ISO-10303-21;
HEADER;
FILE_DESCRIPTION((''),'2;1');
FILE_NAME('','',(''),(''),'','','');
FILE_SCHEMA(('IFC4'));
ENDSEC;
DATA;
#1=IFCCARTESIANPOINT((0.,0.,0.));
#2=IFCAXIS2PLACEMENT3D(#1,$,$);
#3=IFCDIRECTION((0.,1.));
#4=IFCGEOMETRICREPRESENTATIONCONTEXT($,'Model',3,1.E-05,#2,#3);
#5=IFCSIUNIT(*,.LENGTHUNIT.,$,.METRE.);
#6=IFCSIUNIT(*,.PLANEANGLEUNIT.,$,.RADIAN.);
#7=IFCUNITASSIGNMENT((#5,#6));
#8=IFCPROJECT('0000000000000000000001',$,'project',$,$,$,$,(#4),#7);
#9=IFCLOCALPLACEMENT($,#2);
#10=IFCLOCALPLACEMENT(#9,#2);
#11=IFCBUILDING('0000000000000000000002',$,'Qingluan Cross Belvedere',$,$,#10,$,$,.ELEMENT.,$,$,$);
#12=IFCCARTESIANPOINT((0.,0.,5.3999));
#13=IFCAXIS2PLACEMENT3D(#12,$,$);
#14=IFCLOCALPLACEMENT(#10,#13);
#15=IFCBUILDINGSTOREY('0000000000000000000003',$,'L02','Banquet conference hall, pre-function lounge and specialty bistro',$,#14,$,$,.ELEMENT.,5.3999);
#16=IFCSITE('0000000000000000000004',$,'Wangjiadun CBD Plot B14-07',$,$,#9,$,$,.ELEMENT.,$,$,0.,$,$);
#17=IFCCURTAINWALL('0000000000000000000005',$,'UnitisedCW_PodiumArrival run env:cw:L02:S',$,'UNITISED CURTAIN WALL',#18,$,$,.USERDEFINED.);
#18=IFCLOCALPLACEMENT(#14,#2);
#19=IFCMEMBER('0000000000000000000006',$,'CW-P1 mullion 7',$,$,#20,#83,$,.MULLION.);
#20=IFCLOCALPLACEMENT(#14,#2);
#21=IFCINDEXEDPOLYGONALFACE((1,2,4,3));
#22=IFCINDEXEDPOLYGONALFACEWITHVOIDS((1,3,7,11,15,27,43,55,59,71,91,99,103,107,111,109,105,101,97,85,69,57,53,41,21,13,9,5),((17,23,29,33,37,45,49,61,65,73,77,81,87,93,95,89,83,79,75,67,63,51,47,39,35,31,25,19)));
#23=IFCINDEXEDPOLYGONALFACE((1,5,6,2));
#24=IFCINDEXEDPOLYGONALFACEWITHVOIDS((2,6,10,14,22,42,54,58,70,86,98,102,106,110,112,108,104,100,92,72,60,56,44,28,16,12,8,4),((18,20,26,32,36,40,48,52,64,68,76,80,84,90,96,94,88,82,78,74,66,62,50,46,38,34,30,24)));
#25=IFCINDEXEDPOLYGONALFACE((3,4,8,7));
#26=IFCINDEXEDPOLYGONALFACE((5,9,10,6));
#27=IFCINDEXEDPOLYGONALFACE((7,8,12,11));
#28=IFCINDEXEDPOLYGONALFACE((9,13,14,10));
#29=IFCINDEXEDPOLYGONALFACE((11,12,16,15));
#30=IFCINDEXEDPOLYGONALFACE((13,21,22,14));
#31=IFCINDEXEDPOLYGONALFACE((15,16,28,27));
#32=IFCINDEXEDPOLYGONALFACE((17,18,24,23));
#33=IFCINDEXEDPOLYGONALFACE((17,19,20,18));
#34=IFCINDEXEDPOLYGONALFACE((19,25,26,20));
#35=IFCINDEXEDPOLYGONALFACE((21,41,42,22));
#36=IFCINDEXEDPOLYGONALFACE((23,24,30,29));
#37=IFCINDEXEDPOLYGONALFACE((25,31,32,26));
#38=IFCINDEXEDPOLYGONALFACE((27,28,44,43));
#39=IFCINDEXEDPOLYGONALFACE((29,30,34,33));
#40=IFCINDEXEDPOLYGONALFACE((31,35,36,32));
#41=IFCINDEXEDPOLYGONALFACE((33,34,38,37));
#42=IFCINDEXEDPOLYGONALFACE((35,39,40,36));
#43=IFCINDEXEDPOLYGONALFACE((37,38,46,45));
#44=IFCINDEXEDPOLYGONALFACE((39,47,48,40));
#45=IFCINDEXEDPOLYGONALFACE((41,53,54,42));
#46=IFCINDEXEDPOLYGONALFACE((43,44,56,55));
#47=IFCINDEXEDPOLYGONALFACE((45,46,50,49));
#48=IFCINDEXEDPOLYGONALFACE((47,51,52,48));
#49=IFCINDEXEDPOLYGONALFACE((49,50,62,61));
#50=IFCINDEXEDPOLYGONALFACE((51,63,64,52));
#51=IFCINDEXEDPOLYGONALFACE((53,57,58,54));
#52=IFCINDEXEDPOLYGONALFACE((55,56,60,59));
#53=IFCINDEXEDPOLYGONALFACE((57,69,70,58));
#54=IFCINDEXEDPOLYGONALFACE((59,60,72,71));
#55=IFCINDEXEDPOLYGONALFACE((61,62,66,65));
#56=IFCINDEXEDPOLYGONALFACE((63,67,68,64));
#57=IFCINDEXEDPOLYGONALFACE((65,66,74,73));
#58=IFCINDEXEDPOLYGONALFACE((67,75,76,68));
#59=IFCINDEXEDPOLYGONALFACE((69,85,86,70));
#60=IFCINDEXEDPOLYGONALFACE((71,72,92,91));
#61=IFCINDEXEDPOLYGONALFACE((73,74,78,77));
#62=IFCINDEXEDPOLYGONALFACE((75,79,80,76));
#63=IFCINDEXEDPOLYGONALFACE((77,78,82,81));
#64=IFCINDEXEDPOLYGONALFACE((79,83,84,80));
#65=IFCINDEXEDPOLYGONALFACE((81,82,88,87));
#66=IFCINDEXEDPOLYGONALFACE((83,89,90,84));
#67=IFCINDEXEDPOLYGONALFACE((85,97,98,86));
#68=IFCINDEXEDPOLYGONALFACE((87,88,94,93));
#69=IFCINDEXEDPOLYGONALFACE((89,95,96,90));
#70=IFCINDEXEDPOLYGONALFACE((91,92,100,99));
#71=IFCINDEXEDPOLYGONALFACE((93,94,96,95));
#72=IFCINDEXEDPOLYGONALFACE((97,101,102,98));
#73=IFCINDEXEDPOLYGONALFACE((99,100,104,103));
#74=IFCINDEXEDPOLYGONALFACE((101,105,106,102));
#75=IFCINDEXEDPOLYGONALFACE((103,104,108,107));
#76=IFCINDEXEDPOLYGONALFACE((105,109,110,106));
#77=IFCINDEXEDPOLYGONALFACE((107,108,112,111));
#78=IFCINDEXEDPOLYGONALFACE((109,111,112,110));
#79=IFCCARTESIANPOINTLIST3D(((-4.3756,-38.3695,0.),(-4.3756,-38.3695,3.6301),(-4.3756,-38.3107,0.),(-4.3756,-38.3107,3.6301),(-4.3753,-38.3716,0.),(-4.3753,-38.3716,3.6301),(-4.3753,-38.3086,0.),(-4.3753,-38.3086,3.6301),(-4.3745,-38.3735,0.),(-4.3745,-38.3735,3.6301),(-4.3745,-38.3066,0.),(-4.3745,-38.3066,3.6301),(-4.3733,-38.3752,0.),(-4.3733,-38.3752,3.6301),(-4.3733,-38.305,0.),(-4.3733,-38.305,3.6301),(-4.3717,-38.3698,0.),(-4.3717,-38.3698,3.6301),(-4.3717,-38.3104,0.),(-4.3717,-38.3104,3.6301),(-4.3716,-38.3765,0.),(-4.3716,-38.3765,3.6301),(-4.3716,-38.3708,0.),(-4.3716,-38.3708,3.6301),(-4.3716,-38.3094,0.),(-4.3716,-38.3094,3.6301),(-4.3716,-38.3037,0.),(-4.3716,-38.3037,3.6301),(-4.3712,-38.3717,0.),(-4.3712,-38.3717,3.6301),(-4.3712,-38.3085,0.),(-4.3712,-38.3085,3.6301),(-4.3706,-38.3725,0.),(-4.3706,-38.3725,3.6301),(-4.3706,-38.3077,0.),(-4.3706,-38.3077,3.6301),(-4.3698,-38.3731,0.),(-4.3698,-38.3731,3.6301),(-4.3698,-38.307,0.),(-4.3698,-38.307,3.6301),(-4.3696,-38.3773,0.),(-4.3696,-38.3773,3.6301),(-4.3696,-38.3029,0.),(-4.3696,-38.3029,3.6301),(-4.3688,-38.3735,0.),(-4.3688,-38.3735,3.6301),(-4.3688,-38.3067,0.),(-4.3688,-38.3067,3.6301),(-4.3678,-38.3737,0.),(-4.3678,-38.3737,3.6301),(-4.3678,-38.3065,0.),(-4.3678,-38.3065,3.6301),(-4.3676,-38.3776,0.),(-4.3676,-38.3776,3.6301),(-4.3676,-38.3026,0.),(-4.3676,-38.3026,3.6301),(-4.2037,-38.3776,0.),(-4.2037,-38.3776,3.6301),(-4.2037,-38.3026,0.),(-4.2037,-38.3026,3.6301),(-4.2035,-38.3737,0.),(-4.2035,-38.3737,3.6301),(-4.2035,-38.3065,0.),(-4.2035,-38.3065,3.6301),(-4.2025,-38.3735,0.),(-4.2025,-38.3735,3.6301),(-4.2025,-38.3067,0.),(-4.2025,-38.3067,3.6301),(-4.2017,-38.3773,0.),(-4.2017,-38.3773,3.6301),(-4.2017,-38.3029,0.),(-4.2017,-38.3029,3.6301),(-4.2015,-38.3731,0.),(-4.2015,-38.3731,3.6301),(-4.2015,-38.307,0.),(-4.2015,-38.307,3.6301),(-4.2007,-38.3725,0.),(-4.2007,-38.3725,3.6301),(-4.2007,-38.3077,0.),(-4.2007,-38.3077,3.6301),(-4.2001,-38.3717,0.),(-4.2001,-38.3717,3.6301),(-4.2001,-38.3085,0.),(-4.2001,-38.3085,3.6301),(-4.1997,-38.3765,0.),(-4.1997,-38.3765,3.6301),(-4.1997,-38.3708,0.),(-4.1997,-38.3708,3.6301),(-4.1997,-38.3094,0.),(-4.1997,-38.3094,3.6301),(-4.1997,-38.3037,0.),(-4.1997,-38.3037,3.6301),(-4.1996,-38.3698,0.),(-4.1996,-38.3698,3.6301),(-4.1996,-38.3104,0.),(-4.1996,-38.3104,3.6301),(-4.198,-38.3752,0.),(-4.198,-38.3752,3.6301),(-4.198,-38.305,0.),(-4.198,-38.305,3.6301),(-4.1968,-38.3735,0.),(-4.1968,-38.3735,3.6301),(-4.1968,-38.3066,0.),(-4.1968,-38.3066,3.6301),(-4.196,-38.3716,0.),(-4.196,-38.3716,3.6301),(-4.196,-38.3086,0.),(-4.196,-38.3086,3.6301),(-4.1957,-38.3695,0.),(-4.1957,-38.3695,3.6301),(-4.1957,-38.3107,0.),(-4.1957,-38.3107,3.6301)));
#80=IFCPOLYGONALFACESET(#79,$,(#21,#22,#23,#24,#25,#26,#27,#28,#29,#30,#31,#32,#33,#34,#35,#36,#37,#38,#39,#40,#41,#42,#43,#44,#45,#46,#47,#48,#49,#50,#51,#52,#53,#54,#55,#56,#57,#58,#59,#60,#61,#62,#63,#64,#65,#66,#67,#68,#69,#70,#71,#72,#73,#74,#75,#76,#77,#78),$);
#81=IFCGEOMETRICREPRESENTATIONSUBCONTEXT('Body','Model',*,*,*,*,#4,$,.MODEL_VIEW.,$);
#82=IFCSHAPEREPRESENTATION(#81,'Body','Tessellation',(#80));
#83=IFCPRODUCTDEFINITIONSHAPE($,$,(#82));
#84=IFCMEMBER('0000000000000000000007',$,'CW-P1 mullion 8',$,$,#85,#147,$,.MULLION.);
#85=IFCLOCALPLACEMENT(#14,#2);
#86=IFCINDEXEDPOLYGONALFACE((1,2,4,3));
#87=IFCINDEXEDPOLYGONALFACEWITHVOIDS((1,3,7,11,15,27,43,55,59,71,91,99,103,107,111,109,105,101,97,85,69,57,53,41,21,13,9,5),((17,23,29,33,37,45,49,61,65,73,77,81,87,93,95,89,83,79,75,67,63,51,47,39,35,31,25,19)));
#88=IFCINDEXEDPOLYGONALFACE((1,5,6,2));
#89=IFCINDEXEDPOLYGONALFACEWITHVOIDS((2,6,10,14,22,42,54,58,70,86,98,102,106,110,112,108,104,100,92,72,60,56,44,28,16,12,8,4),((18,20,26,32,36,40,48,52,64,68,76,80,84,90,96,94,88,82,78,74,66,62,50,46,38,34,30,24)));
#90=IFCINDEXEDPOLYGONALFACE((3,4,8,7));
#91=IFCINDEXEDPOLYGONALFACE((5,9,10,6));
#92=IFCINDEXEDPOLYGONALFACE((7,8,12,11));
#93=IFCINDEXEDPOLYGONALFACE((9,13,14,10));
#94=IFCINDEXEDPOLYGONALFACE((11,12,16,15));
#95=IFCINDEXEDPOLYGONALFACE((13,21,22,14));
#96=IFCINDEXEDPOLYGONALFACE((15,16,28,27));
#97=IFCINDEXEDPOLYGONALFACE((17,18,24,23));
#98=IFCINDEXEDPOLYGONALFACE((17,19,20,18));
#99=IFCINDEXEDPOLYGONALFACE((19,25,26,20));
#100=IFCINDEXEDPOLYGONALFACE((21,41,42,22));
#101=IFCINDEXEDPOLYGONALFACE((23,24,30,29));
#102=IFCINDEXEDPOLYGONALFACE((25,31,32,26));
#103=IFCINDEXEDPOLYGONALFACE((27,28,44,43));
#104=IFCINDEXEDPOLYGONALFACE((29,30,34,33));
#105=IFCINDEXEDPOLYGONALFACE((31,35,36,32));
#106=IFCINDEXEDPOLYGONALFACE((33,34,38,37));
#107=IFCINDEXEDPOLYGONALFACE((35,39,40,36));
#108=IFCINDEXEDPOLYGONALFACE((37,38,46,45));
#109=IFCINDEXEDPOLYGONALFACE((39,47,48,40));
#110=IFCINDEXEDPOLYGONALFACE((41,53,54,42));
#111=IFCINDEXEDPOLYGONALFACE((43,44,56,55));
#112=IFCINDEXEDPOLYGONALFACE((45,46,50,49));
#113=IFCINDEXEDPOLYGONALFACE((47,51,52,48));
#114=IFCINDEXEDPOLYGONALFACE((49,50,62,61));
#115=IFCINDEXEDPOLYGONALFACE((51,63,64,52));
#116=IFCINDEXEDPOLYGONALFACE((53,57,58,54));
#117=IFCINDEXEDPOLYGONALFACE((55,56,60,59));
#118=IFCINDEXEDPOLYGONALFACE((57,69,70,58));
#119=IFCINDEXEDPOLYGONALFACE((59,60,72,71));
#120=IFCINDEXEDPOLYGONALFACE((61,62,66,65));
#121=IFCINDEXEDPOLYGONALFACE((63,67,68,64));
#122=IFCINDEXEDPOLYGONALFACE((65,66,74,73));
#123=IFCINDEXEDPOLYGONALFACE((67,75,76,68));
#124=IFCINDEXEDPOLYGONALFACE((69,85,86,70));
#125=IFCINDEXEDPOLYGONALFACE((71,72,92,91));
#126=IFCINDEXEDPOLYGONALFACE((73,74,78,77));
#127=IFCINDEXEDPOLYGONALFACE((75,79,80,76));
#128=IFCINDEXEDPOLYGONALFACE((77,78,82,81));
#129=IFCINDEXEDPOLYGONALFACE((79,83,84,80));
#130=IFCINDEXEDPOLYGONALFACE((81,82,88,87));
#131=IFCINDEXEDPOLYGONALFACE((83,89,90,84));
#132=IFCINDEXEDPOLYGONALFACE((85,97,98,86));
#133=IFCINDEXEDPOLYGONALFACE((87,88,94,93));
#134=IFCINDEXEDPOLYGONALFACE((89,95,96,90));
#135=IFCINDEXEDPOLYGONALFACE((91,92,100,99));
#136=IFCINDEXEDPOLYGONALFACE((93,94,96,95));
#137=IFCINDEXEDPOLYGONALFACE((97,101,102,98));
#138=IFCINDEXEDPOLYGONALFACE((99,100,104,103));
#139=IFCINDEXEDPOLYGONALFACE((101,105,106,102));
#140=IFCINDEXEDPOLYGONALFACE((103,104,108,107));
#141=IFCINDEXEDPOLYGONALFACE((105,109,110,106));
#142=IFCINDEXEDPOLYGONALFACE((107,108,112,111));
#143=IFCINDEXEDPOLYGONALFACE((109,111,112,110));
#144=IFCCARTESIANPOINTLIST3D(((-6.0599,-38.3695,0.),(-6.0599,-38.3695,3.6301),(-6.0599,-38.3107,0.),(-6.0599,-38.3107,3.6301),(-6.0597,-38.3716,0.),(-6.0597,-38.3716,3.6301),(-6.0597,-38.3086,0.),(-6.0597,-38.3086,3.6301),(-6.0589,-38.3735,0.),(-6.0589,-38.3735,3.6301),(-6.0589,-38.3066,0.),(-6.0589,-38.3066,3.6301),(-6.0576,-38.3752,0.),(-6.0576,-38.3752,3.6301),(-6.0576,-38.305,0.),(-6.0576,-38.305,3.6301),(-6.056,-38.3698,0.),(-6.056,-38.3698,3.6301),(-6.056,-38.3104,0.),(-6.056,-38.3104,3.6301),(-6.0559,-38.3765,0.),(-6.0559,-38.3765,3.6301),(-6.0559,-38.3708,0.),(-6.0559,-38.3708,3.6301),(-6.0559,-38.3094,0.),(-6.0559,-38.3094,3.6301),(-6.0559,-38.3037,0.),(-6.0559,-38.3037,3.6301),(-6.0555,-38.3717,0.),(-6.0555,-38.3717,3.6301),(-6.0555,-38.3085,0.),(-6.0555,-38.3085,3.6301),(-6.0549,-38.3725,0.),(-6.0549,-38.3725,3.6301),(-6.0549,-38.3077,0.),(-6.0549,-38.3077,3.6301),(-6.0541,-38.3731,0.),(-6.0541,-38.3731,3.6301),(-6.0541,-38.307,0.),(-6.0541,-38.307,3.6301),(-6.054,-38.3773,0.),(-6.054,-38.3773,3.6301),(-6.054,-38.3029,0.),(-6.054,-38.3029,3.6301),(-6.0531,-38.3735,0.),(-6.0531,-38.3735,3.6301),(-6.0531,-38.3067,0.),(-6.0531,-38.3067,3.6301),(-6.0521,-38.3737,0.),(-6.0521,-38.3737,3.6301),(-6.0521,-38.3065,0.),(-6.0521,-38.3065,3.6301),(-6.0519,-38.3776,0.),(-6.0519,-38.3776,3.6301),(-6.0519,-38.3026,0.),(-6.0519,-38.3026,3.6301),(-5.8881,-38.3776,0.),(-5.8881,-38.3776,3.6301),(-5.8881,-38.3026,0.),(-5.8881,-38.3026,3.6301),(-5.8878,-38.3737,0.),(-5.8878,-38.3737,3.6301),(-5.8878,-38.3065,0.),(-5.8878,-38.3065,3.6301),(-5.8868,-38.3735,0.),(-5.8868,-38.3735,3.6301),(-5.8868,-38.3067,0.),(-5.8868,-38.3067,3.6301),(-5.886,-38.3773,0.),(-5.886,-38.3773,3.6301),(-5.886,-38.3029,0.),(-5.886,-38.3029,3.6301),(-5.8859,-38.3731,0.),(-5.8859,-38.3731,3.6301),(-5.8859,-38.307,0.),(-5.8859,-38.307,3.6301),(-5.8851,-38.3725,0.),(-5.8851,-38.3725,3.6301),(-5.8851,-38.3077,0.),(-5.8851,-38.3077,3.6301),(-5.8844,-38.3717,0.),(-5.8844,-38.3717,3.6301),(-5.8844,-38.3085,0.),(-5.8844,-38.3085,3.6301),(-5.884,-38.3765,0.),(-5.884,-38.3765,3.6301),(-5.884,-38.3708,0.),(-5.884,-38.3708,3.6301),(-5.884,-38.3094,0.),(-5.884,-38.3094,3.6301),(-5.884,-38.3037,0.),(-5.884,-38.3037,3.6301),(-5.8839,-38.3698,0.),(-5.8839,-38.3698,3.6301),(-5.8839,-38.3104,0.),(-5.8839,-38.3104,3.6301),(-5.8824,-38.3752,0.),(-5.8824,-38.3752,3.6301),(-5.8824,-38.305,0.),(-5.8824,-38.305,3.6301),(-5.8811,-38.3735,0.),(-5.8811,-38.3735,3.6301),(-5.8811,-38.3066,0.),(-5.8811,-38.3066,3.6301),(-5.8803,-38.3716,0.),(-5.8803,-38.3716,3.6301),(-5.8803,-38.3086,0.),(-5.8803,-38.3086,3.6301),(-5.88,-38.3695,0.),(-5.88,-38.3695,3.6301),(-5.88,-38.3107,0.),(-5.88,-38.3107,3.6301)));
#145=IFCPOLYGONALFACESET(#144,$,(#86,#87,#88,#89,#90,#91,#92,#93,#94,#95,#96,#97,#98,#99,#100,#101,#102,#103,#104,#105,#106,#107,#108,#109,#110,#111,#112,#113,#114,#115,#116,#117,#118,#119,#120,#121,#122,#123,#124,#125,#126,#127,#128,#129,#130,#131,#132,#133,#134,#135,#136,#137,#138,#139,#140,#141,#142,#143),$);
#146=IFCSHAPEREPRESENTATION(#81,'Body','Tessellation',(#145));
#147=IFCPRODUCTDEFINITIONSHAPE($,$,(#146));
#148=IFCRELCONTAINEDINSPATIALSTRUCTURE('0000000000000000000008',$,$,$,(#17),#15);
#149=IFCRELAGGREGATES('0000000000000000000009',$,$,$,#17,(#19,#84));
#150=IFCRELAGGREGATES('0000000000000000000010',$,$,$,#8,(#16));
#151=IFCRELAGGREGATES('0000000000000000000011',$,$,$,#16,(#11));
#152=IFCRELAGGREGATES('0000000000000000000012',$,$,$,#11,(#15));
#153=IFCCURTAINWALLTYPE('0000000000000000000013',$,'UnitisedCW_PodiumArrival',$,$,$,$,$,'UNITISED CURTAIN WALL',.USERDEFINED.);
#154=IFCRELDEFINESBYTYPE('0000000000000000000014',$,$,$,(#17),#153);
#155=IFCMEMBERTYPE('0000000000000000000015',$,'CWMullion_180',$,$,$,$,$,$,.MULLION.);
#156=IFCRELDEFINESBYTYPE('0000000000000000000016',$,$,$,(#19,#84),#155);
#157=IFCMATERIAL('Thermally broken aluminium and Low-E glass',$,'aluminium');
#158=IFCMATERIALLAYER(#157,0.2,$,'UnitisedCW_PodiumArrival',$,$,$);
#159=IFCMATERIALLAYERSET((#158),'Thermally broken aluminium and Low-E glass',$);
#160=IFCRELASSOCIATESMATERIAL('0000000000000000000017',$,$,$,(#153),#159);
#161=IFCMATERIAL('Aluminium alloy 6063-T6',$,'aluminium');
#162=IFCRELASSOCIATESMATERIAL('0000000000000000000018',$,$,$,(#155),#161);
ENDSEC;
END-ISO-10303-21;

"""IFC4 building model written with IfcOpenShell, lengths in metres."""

from ifc_helpers import new_model, si_unit, direction, frame, origin, origin_2d, place, context, subcontext, project, spatial, hollow_rectangle, extrude, material, layer, layer_set, material_profile, profile_set, type_object, element, aggregate, save


model = new_model("IFC4")

# Units and contexts
model_context = context("Model", 3, precision=1e-05, world=origin(), true_north=direction((0.0, 1.0)))
body_context = subcontext(model_context, "Body", "Model", "MODEL_VIEW")
ifc_project = project(units=[si_unit("LENGTHUNIT", "METRE"), si_unit("PLANEANGLEUNIT", "RADIAN")], contexts=[model_context])

# Site, building, storey
site_placement = place(None, origin())
site = spatial("IfcSite", under=ifc_project, at=site_placement, Name="Wangjiadun CBD Plot B14-07", CompositionType="ELEMENT", RefElevation=0.0)
building_placement = place(site_placement, origin())
building = spatial("IfcBuilding", under=site, at=building_placement, Name="Qingluan Cross Belvedere", CompositionType="ELEMENT")
storey_placement = place(building_placement, frame((0.0, 0.0, 5.3999)))
storey = spatial("IfcBuildingStorey", under=building, at=storey_placement, Name="L02", Description="Banquet conference hall, pre-function lounge and specialty bistro", CompositionType="ELEMENT", Elevation=5.3999)

# Curtain wall, members
ifc_material_1 = material(Name="Thermally broken aluminium and Low-E glass", Category="aluminium")
ifc_layer_1 = layer(ifc_material_1, 0.2, Name="UnitisedCW_PodiumArrival")
ifc_layer_set_1 = layer_set([ifc_layer_1], Name="Thermally broken aluminium and Low-E glass")
curtain_wall_type = type_object("IfcCurtainWallType", Name="UnitisedCW_PodiumArrival", ElementType="UNITISED CURTAIN WALL", PredefinedType="USERDEFINED", material=ifc_layer_set_1)
curtain_wall_placement = place(storey_placement, origin())
curtain_wall = element("IfcCurtainWall", 1, at=curtain_wall_placement, inside=storey, type_object=curtain_wall_type, Name="UnitisedCW_PodiumArrival run env:cw:L02:S", ObjectType="UNITISED CURTAIN WALL", PredefinedType="USERDEFINED")
ifc_material_2 = material(Name="Aluminium alloy 6063-T6", Category="aluminium")
ifc_material_profile_1 = material_profile(ifc_material_2, hollow_rectangle(XDim=0.075, YDim=0.1799, WallThickness=0.0039, InnerFilletRadius=0.0039, OuterFilletRadius=0.0081, at=origin_2d()), Name="CWM180x75x4")
ifc_profile_set_1 = profile_set([ifc_material_profile_1], Name="Aluminium alloy 6063-T6")
member_type_1 = type_object("IfcMemberType", Name="CWMullion_180", PredefinedType="MULLION", material=ifc_profile_set_1)
member_1_placement = place(storey_placement, frame((-4.2856, -38.3401, 0.0), z_axis=(0.0, 0.0, 1.0), x_axis=(0.0, -1.0, 0.0)))
member_1 = element("IfcMember", 2, at=member_1_placement, type_object=member_type_1, Name="CW-P1 mullion 7", PredefinedType="MULLION", context=body_context, shape_type="SweptSolid", body=[
    extrude(hollow_rectangle(XDim=0.075, YDim=0.1799, WallThickness=0.0039, InnerFilletRadius=0.0039, OuterFilletRadius=0.0081, at=origin_2d()), origin(), (0.0, 0.0, 1.0), 3.6301),
])
member_2_placement = place(storey_placement, frame((-5.97, -38.3401, 0.0), z_axis=(0.0, 0.0, 1.0), x_axis=(0.0, -1.0, 0.0)))
member_2 = element("IfcMember", 3, at=member_2_placement, type_object=member_type_1, Name="CW-P1 mullion 8", PredefinedType="MULLION", context=body_context, shape_type="SweptSolid", body=[
    extrude(hollow_rectangle(XDim=0.075, YDim=0.1799, WallThickness=0.0039, InnerFilletRadius=0.0039, OuterFilletRadius=0.0081, at=origin_2d()), origin(), (0.0, 0.0, 1.0), 3.6301),
])

aggregate(curtain_wall, [member_1, member_2])

save(model, "model.ifc")
